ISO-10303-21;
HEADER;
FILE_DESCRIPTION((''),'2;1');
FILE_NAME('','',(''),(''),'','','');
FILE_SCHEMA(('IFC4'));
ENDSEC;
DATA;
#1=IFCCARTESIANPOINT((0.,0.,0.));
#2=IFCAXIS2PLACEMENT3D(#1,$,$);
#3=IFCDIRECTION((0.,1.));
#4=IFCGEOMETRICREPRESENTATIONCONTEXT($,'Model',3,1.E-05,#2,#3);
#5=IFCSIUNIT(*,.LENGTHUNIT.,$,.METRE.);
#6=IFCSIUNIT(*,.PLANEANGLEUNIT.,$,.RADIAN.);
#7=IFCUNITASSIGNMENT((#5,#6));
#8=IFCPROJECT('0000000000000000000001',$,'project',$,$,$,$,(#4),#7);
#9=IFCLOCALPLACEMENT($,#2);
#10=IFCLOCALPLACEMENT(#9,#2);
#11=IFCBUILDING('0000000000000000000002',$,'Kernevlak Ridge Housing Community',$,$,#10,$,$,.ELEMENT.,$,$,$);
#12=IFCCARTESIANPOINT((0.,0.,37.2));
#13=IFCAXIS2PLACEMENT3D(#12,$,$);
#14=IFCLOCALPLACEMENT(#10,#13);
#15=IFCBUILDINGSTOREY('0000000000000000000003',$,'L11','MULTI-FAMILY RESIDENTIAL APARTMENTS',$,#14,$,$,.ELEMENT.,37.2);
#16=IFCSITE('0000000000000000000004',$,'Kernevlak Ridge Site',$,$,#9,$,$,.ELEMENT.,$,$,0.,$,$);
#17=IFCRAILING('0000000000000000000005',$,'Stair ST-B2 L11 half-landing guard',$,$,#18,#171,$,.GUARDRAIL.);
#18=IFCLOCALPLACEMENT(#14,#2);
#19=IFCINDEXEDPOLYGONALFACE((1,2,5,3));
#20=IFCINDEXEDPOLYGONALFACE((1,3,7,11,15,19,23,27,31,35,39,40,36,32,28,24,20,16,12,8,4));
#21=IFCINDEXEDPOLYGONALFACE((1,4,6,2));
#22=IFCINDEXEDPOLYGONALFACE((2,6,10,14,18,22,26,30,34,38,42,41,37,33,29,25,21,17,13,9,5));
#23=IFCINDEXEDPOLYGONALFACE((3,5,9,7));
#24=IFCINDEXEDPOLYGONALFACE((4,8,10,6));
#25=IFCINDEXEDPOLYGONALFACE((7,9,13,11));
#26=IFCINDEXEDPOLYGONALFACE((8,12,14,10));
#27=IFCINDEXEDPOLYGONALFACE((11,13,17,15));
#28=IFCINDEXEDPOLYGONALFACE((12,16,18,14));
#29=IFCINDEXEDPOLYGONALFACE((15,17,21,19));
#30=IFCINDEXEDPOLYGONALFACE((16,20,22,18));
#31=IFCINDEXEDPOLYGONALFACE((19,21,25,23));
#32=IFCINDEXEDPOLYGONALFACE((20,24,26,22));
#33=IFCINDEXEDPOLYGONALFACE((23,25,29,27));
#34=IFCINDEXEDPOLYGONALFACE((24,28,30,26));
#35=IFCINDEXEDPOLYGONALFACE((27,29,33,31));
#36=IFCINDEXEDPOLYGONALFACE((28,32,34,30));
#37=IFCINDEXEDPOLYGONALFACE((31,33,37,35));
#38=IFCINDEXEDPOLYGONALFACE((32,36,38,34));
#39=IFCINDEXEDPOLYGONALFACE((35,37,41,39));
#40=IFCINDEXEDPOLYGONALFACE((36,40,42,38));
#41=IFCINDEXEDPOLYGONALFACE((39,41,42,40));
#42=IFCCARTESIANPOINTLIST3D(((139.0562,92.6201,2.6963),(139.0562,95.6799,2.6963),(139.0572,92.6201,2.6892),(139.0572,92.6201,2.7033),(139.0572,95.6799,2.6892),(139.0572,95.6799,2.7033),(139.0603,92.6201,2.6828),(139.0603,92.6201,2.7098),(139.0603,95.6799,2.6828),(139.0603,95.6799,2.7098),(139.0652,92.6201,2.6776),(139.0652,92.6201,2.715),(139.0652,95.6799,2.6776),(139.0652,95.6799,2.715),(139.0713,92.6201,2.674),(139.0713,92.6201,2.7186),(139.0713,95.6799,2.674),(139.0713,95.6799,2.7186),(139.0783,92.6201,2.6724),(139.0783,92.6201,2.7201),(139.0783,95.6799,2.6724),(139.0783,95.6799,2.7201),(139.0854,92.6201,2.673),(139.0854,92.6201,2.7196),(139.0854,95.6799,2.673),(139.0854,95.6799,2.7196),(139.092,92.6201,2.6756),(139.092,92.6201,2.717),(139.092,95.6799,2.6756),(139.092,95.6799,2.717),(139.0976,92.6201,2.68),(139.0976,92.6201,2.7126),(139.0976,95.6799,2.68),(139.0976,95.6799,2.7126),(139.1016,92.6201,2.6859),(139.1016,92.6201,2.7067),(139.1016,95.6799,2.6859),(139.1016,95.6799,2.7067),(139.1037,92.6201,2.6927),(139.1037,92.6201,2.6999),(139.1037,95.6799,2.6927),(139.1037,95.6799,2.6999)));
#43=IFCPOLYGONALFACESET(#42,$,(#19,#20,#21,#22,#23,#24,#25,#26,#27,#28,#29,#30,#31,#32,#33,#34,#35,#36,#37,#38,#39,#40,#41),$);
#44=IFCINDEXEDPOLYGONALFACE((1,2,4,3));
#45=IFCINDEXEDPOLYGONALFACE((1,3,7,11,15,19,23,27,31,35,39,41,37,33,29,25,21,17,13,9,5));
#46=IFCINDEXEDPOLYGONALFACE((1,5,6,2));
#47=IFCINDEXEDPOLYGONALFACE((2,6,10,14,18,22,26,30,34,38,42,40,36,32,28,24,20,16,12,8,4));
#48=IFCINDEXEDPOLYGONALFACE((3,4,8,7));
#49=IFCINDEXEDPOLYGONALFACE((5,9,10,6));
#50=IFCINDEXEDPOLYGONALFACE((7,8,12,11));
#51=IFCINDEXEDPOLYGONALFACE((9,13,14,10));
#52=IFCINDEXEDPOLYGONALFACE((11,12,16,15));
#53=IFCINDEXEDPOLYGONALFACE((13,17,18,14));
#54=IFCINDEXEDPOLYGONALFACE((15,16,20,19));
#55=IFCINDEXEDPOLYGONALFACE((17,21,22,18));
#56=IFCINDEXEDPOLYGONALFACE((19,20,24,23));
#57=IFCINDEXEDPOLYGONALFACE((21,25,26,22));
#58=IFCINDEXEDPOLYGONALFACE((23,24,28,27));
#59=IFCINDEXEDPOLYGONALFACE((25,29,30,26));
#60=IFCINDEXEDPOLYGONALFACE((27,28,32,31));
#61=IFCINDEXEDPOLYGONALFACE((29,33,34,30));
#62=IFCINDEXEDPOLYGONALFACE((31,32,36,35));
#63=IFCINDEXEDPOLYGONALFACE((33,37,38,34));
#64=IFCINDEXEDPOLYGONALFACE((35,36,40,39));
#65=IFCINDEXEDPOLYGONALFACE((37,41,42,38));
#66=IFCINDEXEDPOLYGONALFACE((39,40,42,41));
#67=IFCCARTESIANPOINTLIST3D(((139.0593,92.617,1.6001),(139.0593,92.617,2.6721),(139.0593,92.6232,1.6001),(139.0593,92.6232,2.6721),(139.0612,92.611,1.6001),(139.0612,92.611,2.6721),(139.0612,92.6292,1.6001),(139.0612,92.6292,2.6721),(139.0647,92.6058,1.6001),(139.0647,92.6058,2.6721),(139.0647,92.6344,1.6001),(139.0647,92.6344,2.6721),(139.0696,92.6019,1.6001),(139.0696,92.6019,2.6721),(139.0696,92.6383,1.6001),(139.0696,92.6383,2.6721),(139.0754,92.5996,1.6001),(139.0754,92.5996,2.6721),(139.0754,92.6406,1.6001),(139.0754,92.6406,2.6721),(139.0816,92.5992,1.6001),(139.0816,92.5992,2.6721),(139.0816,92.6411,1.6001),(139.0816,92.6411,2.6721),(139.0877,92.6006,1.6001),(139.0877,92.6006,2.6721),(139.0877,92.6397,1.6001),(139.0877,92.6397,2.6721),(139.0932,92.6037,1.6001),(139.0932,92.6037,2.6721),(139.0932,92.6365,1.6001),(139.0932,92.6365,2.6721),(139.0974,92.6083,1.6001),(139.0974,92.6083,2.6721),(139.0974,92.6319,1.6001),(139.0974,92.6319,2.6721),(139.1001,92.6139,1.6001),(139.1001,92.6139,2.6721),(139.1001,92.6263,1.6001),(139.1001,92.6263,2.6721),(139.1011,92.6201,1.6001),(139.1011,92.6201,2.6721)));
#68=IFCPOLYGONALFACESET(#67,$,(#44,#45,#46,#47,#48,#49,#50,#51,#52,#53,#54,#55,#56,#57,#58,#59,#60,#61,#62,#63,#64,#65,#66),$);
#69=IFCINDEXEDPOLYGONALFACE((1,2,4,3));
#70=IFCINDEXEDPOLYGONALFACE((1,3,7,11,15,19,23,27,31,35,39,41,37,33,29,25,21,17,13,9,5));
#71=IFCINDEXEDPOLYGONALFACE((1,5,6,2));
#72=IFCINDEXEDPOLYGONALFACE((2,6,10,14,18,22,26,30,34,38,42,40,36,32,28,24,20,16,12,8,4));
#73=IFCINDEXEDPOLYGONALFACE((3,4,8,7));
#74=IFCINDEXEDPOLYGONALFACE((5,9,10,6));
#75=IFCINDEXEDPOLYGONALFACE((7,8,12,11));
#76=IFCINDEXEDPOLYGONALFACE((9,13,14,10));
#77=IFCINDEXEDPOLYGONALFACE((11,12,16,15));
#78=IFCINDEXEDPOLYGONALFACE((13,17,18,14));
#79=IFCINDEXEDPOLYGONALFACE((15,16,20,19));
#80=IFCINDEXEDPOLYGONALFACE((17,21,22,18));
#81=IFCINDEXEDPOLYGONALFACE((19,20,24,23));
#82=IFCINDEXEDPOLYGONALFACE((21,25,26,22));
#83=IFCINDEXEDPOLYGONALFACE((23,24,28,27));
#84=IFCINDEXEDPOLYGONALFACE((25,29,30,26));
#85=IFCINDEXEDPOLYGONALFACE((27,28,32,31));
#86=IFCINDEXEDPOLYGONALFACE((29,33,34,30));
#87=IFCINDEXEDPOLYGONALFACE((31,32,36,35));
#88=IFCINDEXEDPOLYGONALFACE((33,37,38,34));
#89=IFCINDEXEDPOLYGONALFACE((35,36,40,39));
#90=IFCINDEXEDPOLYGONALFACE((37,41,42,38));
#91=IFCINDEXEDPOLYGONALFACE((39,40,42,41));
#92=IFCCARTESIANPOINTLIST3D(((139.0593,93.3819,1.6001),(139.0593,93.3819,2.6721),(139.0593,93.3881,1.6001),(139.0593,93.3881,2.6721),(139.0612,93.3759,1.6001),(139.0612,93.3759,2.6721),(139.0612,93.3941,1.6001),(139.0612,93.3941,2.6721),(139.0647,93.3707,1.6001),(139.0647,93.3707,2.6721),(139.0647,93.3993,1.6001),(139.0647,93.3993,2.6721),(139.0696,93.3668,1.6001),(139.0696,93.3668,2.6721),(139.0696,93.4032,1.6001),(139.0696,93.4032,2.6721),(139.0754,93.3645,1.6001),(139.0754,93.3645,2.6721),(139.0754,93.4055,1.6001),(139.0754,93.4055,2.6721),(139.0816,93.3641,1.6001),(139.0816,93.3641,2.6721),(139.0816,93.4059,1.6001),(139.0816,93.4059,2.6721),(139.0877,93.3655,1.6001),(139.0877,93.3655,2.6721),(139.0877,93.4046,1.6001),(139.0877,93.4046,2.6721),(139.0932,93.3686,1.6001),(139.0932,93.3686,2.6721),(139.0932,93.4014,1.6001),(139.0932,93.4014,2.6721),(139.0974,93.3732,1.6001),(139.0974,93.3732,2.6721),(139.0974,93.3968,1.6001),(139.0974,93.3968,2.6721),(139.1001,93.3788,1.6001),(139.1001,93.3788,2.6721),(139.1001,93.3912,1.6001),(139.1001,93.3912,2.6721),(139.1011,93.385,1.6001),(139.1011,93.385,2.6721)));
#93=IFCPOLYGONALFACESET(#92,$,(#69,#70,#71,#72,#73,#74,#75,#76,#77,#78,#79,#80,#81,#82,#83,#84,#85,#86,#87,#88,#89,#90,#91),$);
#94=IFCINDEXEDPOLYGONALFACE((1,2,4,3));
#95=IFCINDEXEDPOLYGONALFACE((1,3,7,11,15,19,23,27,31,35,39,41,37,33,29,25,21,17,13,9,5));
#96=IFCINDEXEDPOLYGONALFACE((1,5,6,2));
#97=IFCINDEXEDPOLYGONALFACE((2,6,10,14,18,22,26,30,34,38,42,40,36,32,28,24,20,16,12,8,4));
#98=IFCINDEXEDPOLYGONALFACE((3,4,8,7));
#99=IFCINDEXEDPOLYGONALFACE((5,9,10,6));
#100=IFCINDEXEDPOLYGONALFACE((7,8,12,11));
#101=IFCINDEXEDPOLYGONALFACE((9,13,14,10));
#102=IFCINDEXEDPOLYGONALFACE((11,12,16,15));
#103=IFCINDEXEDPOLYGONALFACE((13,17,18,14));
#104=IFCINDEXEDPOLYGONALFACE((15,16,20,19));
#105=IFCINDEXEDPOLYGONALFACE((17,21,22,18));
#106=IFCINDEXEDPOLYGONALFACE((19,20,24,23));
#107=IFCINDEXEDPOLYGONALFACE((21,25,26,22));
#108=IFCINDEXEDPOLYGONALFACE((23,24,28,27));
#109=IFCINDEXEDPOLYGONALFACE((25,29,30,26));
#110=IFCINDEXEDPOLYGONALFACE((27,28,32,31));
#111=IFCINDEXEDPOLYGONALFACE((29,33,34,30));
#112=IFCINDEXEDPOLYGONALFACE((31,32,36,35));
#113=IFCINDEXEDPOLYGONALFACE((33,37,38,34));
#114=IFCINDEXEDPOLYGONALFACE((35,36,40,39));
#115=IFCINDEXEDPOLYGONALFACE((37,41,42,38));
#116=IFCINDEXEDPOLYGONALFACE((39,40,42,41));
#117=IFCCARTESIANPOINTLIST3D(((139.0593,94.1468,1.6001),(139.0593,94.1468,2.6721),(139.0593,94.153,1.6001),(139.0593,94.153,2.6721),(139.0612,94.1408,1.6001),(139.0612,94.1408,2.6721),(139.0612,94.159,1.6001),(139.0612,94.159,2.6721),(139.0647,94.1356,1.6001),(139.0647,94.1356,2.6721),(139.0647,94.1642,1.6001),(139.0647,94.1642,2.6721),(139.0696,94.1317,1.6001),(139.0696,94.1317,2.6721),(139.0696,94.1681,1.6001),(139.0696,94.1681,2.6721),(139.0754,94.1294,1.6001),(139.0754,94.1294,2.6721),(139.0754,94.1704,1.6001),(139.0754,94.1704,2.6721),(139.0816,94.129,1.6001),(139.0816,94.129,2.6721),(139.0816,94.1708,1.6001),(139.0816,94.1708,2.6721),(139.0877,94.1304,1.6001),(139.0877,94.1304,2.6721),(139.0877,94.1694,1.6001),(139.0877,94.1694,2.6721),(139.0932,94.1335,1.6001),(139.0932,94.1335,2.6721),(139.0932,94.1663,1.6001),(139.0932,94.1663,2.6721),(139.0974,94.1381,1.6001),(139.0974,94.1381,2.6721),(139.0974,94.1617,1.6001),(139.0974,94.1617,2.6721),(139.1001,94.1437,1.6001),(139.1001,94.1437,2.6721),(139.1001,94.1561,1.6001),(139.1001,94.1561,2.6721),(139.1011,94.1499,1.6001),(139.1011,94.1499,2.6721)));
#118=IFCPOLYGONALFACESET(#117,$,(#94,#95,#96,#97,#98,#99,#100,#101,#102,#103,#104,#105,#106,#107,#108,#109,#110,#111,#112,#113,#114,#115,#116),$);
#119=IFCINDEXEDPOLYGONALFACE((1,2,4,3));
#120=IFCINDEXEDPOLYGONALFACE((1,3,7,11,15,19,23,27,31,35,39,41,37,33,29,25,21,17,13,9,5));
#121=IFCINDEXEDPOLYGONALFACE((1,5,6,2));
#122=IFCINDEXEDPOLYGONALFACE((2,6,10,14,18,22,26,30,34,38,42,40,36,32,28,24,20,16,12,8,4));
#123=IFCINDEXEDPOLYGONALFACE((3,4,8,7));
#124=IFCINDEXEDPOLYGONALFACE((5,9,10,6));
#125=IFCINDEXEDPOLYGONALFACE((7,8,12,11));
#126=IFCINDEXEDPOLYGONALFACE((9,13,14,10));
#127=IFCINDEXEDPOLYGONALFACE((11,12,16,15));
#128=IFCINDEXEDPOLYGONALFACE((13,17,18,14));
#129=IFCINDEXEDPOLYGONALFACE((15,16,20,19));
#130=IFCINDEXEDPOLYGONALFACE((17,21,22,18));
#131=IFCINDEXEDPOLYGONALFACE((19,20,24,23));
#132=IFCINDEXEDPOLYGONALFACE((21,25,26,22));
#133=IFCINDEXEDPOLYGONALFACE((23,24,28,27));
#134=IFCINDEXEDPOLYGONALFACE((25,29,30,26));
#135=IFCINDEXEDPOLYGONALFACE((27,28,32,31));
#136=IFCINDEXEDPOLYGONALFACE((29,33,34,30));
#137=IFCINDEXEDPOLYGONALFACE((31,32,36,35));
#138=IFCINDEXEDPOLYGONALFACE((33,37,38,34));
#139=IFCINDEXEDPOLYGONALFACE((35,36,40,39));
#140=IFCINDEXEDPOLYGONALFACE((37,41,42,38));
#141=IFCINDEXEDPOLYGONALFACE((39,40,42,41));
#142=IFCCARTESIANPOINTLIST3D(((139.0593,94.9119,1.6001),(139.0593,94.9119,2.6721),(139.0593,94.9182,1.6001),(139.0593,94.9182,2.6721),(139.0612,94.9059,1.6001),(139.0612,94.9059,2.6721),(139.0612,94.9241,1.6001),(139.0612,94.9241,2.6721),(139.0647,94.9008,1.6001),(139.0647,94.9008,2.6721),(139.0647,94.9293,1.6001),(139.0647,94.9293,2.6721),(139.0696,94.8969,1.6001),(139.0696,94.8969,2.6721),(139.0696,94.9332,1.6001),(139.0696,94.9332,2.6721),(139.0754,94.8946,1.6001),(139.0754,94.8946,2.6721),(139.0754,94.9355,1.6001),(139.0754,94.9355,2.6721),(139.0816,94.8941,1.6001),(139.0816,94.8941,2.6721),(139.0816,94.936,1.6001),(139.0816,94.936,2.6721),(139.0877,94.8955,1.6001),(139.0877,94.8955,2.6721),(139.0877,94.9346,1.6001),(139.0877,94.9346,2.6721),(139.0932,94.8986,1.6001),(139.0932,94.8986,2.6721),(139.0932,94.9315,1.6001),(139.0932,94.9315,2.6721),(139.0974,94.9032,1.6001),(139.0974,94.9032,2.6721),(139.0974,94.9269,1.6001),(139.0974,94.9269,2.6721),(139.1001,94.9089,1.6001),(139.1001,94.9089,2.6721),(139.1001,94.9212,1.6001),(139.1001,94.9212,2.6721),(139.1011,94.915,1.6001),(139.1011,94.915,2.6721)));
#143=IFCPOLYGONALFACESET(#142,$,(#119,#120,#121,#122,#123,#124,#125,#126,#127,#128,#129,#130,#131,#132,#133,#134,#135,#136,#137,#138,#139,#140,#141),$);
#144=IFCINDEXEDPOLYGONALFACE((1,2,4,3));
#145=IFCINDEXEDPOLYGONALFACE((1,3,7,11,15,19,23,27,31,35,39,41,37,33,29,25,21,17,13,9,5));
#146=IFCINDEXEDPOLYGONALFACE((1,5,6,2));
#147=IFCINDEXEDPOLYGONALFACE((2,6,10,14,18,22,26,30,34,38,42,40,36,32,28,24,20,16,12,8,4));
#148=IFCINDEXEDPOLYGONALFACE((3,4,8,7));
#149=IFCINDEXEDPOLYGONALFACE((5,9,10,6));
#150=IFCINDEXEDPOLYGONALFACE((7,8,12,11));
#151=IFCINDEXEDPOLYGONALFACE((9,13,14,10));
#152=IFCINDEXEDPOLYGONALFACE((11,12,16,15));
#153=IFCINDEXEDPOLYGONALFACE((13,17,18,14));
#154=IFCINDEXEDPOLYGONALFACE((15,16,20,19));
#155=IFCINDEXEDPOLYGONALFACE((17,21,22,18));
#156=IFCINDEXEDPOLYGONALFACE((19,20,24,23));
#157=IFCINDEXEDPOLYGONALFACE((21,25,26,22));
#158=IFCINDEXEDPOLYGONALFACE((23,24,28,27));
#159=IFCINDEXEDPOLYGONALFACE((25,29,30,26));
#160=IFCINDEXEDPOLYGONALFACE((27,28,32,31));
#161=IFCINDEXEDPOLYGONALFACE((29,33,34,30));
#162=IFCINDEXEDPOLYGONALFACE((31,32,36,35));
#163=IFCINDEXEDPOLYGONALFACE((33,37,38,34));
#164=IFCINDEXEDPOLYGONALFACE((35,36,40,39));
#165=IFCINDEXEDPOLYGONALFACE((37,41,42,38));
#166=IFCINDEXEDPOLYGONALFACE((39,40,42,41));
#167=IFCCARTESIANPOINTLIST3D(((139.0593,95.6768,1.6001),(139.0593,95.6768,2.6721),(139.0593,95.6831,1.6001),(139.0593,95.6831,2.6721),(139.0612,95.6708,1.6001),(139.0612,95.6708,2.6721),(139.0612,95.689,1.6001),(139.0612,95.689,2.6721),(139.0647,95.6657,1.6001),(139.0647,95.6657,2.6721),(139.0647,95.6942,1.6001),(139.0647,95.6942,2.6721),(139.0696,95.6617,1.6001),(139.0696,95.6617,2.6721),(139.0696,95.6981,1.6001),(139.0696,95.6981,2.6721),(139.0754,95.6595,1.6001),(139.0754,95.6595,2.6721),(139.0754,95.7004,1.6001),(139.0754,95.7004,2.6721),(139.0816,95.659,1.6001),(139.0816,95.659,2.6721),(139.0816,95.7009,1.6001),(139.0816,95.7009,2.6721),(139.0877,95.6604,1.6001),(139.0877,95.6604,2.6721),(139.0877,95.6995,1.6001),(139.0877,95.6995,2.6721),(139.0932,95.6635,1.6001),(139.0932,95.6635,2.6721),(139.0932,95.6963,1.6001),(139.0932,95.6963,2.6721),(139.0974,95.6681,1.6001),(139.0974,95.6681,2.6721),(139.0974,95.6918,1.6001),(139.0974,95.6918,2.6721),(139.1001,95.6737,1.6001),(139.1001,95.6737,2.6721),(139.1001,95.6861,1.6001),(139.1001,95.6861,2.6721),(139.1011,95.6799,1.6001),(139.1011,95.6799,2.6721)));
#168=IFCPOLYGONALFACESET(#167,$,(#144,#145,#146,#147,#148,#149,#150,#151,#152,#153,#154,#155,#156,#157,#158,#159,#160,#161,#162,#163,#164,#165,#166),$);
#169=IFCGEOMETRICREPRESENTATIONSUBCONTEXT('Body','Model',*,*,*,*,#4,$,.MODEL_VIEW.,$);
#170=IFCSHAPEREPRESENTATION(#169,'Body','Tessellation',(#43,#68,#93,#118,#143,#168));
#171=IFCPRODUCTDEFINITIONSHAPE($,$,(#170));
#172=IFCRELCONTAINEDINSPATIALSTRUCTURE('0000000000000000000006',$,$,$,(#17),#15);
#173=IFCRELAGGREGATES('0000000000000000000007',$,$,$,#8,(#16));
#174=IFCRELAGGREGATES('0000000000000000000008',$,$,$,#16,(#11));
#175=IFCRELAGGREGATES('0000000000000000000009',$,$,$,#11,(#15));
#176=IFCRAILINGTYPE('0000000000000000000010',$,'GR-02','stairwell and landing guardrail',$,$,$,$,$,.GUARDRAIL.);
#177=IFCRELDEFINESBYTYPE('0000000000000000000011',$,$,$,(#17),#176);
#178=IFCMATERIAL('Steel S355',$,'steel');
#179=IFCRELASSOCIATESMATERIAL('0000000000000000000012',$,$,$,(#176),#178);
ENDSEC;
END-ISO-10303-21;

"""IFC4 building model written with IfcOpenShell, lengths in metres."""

from ifc_helpers import new_model, si_unit, direction, frame, origin, origin_2d, place, context, subcontext, project, spatial, circle, extrude, material, type_object, element, save


model = new_model("IFC4")

# Units and contexts
model_context = context("Model", 3, precision=1e-05, world=origin(), true_north=direction((0.0, 1.0)))
body_context = subcontext(model_context, "Body", "Model", "MODEL_VIEW")
ifc_project = project(units=[si_unit("LENGTHUNIT", "METRE"), si_unit("PLANEANGLEUNIT", "RADIAN")], contexts=[model_context])

# Site, building, storey
site_placement = place(None, origin())
site = spatial("IfcSite", under=ifc_project, at=site_placement, Name="Kernevlak Ridge Site", CompositionType="ELEMENT", RefElevation=0.0)
building_placement = place(site_placement, origin())
building = spatial("IfcBuilding", under=site, at=building_placement, Name="Kernevlak Ridge Housing Community", CompositionType="ELEMENT")
storey_placement = place(building_placement, frame((0.0, 0.0, 37.2)))
storey = spatial("IfcBuildingStorey", under=building, at=storey_placement, Name="L11", Description="MULTI-FAMILY RESIDENTIAL APARTMENTS", CompositionType="ELEMENT", Elevation=37.2)

# Railing
ifc_material_1 = material(Name="Steel S355", Category="steel")
railing_type_1 = type_object("IfcRailingType", Name="GR-02", Description="stairwell and landing guardrail", PredefinedType="GUARDRAIL", material=ifc_material_1)
railing_1_placement = place(storey_placement, frame((139.0801, 92.6201, 1.6001)))
element("IfcRailing", 1, at=railing_1_placement, inside=storey, type_object=railing_type_1, Name="Stair ST-B2 L11 half-landing guard", PredefinedType="GUARDRAIL", context=body_context, shape_type="SweptSolid", body=[
    extrude(circle(Radius=0.0239, at=origin_2d()), frame((0.0, 0.0, 1.0962), z_axis=(0.0, 1.0, 0.0), x_axis=(-1.0, 0.0, 0.0)), (0.0, 0.0, 1.0), 3.0598),
    extrude(circle(Radius=0.021, at=origin_2d()), origin(), (0.0, 0.0, 1.0), 1.072),
    extrude(circle(Radius=0.021, at=origin_2d()), frame((0.0, 0.7649, 0.0)), (0.0, 0.0, 1.0), 1.072),
    extrude(circle(Radius=0.021, at=origin_2d()), frame((0.0, 1.5298, 0.0)), (0.0, 0.0, 1.0), 1.072),
    extrude(circle(Radius=0.021, at=origin_2d()), frame((0.0, 2.2949, 0.0)), (0.0, 0.0, 1.0), 1.072),
    extrude(circle(Radius=0.021, at=origin_2d()), frame((0.0, 3.0598, 0.0)), (0.0, 0.0, 1.0), 1.072),
])

save(model, "model.ifc")
